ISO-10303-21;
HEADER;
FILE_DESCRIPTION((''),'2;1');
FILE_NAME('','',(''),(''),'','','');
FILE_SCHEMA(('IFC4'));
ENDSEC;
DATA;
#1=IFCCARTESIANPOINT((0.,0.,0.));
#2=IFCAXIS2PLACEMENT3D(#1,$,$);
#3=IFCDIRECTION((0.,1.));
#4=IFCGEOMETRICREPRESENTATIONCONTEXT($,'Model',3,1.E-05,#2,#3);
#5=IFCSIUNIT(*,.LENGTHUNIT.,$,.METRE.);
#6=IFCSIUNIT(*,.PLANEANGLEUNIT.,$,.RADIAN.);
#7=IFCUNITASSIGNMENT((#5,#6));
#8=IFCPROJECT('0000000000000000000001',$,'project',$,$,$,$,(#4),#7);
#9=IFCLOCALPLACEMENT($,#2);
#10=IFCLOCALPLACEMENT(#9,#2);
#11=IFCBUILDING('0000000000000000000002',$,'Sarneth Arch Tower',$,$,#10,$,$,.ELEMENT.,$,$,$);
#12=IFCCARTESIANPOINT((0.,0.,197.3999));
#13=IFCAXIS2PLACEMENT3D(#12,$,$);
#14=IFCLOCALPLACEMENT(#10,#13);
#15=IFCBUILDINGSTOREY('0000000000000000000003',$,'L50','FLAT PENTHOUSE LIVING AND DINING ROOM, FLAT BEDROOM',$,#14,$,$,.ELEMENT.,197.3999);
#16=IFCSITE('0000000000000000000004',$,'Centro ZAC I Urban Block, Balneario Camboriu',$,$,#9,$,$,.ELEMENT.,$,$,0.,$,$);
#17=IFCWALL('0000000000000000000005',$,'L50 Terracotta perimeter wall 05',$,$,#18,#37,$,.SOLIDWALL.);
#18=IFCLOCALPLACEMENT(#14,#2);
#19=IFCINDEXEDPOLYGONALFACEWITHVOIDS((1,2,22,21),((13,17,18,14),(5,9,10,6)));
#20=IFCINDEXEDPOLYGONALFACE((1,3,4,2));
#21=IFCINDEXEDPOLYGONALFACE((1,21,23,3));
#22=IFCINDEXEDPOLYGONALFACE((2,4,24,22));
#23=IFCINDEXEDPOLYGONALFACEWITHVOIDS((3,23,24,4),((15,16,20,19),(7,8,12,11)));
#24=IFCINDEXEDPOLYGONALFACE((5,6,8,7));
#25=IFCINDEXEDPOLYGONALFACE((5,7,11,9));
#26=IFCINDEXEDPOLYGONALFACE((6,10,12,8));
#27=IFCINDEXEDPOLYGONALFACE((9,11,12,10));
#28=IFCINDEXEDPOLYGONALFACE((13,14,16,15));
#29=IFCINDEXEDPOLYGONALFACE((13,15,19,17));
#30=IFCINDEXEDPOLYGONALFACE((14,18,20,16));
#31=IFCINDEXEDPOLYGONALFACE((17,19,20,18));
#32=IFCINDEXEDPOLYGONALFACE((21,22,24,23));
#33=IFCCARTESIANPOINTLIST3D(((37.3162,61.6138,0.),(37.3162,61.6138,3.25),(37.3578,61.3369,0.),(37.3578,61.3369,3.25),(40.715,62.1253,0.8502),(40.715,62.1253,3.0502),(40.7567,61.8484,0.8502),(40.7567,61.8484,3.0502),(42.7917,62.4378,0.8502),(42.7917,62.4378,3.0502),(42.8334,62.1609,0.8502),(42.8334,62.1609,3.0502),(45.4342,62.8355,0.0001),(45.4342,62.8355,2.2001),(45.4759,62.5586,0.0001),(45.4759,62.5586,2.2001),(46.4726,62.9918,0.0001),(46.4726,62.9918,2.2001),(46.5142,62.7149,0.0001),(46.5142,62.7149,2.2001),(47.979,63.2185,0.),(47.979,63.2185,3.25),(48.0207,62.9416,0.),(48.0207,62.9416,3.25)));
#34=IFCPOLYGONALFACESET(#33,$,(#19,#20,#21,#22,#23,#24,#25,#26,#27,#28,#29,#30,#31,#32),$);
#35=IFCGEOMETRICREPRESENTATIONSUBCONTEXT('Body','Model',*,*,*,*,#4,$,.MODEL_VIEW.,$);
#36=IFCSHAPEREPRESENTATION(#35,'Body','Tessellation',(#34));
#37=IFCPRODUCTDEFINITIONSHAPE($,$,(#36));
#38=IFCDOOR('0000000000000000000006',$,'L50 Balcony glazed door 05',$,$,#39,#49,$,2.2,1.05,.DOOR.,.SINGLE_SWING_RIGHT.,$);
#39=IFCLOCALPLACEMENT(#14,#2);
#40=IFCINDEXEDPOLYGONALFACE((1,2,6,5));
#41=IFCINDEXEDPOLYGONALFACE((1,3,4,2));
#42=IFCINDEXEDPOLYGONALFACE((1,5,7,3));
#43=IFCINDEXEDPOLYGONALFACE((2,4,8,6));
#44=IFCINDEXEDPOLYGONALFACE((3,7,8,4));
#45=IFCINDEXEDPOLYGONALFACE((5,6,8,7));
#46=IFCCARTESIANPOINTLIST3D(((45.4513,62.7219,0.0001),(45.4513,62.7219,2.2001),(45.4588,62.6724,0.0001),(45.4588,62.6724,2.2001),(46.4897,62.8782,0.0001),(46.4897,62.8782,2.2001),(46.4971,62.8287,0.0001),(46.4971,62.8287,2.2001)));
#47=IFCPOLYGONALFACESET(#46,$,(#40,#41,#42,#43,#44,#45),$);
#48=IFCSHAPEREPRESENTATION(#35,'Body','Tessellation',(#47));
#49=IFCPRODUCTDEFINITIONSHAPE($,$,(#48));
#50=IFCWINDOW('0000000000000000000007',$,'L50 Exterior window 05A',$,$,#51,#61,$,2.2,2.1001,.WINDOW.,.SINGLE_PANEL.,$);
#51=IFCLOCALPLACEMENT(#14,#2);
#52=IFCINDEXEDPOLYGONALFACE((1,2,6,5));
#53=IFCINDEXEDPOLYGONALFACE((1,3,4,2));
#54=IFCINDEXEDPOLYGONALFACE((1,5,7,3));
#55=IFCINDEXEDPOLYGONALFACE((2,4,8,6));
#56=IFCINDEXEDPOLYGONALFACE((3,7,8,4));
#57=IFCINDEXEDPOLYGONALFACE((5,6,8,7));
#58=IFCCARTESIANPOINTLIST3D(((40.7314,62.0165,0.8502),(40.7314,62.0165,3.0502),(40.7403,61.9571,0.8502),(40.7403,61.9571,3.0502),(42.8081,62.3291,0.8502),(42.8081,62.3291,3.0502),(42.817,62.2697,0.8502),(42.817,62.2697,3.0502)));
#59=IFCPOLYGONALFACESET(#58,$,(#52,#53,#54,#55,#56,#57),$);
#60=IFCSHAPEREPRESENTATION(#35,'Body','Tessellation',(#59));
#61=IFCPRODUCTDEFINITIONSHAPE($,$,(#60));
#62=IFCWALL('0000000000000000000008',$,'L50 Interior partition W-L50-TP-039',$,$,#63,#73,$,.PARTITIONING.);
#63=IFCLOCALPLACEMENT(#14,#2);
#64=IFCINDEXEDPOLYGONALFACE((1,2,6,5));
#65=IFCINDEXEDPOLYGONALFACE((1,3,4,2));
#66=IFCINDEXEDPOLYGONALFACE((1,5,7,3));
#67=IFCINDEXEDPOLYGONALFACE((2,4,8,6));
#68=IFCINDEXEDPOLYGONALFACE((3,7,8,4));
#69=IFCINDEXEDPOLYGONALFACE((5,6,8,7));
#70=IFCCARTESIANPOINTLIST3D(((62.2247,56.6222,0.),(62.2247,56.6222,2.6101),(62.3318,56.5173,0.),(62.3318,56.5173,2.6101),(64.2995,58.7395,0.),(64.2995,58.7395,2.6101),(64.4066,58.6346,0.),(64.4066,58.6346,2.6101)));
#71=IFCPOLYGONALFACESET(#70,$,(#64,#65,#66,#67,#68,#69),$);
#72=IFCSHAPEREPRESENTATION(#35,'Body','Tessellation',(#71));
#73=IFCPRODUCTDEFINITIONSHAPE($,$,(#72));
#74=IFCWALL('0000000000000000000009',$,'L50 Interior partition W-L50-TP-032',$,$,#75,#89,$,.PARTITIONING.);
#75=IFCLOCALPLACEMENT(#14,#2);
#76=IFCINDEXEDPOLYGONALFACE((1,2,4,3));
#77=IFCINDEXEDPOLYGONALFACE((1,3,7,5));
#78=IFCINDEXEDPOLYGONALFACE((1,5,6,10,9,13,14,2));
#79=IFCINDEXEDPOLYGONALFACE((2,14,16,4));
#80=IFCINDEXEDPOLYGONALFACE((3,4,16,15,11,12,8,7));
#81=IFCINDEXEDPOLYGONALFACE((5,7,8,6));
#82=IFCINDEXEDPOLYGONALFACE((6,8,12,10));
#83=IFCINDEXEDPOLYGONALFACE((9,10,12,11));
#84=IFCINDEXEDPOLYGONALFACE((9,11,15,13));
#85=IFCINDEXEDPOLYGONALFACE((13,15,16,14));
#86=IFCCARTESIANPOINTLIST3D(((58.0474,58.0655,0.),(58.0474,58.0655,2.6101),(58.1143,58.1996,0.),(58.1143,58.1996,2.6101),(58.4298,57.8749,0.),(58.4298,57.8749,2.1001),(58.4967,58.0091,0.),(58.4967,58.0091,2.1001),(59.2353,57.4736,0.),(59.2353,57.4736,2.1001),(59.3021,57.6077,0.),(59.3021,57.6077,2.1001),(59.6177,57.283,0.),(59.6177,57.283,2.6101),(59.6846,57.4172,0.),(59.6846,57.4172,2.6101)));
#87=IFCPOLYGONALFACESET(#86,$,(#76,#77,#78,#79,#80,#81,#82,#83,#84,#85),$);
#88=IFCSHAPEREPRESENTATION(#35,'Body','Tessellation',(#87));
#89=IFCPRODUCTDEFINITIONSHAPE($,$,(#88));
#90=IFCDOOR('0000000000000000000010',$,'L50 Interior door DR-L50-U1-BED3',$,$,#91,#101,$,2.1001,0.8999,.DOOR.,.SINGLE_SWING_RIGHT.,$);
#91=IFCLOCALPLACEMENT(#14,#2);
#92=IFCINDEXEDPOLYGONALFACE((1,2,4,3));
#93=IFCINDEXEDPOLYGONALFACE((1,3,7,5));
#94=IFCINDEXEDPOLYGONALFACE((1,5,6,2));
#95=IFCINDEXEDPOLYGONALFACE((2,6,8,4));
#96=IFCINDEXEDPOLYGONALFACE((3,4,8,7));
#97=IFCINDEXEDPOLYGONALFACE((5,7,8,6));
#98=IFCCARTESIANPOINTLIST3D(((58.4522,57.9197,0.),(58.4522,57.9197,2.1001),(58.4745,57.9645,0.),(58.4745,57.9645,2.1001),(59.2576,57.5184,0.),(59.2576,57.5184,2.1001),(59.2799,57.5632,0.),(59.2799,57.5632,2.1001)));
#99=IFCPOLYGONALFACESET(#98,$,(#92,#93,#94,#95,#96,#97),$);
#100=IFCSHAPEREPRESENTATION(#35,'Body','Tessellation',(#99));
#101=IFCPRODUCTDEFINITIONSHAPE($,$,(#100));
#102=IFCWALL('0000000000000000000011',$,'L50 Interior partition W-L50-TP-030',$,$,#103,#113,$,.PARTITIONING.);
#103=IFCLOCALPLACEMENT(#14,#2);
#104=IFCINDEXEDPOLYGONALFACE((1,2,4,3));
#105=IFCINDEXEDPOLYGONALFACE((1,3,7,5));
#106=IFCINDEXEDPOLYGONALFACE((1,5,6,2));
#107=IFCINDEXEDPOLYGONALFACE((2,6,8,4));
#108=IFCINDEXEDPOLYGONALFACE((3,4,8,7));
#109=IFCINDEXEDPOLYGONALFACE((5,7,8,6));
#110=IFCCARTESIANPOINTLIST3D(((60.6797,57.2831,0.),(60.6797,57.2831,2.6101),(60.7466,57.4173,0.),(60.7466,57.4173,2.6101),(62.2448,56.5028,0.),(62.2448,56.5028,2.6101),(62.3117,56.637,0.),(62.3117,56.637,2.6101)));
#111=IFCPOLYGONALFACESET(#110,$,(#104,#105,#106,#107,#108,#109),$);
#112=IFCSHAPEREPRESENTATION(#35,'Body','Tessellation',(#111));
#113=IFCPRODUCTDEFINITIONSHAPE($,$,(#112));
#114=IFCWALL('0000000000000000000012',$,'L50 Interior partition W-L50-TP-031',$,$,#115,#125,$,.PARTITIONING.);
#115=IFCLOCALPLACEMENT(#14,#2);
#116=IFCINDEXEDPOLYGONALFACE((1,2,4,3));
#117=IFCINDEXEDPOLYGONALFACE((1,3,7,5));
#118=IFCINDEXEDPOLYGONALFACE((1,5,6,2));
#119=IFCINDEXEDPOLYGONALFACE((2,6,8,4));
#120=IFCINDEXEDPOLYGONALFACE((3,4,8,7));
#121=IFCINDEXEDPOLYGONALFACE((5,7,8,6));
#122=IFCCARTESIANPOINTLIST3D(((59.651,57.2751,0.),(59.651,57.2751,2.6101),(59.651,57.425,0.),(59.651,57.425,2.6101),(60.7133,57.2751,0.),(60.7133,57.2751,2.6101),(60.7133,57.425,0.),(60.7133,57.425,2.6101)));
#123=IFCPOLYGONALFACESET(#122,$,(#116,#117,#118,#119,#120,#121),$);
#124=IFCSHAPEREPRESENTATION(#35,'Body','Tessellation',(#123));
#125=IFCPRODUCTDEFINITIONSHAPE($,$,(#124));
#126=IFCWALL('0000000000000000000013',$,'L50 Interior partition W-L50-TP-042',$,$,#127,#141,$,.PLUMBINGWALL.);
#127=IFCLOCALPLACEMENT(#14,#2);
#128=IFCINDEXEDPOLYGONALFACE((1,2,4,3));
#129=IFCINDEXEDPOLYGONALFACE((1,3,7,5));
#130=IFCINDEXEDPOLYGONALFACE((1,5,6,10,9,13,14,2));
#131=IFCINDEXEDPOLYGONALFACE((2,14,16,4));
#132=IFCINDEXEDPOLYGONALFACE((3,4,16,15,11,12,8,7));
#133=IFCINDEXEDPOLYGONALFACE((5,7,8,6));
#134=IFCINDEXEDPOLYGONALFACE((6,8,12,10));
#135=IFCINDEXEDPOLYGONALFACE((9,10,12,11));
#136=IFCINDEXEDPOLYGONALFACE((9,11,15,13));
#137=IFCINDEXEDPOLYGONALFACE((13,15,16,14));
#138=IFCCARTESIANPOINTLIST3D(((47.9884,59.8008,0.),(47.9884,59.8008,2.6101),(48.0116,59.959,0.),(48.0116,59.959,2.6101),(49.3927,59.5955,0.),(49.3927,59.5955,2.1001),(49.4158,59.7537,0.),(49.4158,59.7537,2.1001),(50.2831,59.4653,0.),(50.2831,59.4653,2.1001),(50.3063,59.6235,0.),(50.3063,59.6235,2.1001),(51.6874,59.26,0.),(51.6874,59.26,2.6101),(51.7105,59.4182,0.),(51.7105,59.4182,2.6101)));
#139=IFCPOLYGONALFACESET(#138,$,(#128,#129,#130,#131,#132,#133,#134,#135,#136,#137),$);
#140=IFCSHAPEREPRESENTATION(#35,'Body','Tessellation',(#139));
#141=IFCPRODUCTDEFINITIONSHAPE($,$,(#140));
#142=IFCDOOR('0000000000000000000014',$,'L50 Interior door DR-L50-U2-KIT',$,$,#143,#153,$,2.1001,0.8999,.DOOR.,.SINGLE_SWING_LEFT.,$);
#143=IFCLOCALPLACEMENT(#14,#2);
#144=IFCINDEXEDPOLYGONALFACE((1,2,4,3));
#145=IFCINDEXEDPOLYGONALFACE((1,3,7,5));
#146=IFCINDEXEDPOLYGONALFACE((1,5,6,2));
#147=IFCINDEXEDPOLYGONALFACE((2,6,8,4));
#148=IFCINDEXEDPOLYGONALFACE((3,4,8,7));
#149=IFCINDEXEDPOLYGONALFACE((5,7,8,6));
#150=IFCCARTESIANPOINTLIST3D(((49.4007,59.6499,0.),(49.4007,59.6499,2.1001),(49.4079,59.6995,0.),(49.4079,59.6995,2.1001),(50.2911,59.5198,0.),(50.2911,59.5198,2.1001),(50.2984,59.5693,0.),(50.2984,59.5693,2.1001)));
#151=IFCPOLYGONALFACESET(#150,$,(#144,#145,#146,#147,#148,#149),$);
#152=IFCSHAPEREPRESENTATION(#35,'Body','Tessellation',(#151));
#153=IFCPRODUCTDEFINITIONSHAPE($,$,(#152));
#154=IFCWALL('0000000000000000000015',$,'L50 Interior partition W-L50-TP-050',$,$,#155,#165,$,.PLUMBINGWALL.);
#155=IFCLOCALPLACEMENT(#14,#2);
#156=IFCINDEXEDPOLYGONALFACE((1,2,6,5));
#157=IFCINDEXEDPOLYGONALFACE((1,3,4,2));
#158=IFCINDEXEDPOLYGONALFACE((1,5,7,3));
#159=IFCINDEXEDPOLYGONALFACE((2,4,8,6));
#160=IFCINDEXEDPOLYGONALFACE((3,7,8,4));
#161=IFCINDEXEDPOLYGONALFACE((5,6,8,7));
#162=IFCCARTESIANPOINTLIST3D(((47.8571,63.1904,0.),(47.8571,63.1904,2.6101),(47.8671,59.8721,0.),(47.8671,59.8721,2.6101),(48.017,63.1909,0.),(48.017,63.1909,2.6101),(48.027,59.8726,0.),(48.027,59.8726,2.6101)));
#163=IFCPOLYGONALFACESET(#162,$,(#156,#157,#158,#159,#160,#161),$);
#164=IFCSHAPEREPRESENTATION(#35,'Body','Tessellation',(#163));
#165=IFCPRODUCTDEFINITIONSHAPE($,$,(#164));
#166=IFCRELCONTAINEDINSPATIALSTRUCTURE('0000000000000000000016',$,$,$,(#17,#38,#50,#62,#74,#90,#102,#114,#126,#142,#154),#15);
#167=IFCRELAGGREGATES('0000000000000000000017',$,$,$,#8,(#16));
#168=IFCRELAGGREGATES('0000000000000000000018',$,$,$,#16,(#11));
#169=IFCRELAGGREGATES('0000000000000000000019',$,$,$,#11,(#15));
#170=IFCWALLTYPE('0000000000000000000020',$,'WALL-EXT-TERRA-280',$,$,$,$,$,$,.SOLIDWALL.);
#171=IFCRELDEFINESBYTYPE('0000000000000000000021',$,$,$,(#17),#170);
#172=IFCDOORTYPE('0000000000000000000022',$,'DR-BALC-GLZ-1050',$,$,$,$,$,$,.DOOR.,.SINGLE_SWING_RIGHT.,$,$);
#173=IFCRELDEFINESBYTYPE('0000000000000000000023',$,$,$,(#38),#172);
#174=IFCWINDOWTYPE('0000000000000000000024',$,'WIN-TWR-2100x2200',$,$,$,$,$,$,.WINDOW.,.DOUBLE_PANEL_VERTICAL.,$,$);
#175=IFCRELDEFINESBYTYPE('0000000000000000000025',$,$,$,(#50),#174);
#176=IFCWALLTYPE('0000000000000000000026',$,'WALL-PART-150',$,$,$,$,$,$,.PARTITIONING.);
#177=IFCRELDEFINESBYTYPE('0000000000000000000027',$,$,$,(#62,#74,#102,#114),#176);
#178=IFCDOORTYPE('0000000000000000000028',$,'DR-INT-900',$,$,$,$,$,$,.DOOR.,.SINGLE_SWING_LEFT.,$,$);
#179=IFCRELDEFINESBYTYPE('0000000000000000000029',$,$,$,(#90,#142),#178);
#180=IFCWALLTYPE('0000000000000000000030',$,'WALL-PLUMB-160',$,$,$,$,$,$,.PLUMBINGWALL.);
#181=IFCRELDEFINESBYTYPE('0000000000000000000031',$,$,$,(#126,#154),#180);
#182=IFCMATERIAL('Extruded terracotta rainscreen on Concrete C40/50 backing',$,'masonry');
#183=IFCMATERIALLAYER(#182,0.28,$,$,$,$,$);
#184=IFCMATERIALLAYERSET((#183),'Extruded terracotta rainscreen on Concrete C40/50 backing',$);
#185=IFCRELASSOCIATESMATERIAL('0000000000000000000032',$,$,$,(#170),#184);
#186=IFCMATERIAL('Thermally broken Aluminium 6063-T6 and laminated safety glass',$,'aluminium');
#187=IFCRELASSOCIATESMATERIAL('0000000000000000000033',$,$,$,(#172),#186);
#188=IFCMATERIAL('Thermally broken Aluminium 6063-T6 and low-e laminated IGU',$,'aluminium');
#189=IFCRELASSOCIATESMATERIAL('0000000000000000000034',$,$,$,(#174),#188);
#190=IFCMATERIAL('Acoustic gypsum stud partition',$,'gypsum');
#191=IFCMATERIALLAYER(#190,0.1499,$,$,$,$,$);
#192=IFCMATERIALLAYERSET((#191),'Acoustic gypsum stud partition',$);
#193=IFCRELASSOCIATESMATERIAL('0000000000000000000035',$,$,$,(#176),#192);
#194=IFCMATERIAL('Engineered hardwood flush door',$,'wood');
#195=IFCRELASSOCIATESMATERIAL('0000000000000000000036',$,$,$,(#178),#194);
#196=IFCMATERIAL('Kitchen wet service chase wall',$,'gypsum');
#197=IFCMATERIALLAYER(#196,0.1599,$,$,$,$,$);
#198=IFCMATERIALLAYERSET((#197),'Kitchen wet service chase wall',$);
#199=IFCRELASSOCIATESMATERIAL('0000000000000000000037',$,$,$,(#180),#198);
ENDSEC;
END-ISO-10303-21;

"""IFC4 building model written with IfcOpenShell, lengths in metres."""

from ifc_helpers import new_model, si_unit, direction, frame, frame_2d, origin, place, context, subcontext, project, spatial, rectangle, extrude, material, layer, layer_set, type_object, element, fill, save


model = new_model("IFC4")

# Units and contexts
model_context = context("Model", 3, precision=1e-05, world=origin(), true_north=direction((0.0, 1.0)))
body_context = subcontext(model_context, "Body", "Model", "MODEL_VIEW")
ifc_project = project(units=[si_unit("LENGTHUNIT", "METRE"), si_unit("PLANEANGLEUNIT", "RADIAN")], contexts=[model_context])

# Site, building, storey
site_placement = place(None, origin())
site = spatial("IfcSite", under=ifc_project, at=site_placement, Name="Centro ZAC I Urban Block, Balneario Camboriu", CompositionType="ELEMENT", RefElevation=0.0)
building_placement = place(site_placement, origin())
building = spatial("IfcBuilding", under=site, at=building_placement, Name="Sarneth Arch Tower", CompositionType="ELEMENT")
storey_placement = place(building_placement, frame((0.0, 0.0, 197.3999)))
storey = spatial("IfcBuildingStorey", under=building, at=storey_placement, Name="L50", Description="FLAT PENTHOUSE LIVING AND DINING ROOM, FLAT BEDROOM", CompositionType="ELEMENT", Elevation=197.3999)

# Wall, openings, door, window
ifc_material_1 = material(Name="Extruded terracotta rainscreen on Concrete C40/50 backing", Category="masonry")
ifc_layer_1 = layer(ifc_material_1, 0.28)
ifc_layer_set_1 = layer_set([ifc_layer_1], Name="Extruded terracotta rainscreen on Concrete C40/50 backing")
wall_type_1 = type_object("IfcWallType", Name="WALL-EXT-TERRA-280", PredefinedType="SOLIDWALL", material=ifc_layer_set_1)
wall_1_placement = place(storey_placement, frame((48.0, 63.0801, 0.0), z_axis=(0.0, 0.0, 1.0), x_axis=(-0.988864, -0.148822, 0.0)))
wall_1 = element("IfcWall", 1, at=wall_1_placement, inside=storey, type_object=wall_type_1, Name="L50 Terracotta perimeter wall 05", PredefinedType="SOLIDWALL", context=body_context, shape_type="SweptSolid", body=[
    extrude(rectangle(XDim=10.783, YDim=0.28, at=frame_2d((5.3916, 0.0))), origin(), (0.0, 0.0, 1.0), 3.25),
])
opening_1_placement = place(wall_1_placement, frame((1.5237, 0.0, 0.0)))
opening_1 = element("IfcOpeningElement", 2, at=opening_1_placement, cuts=wall_1, PredefinedType="OPENING", context=body_context, shape_type="SweptSolid", body=[
    extrude(rectangle(XDim=1.05, YDim=2.2, at=frame_2d((0.5249, 1.1001))), frame((0.0, 0.1499, 0.0), z_axis=(0.0, -1.0, 0.0), x_axis=(1.0, 0.0, 0.0)), (0.0, 0.0, 1.0), 0.3),
])
opening_2_placement = place(wall_1_placement, frame((5.2458, 0.0, 0.8501)))
opening_2 = element("IfcOpeningElement", 3, at=opening_2_placement, cuts=wall_1, PredefinedType="OPENING", context=body_context, shape_type="SweptSolid", body=[
    extrude(rectangle(XDim=2.1001, YDim=2.2, at=frame_2d((1.05, 1.1001))), frame((0.0, 0.1499, 0.0), z_axis=(0.0, -1.0, 0.0), x_axis=(1.0, 0.0, 0.0)), (0.0, 0.0, 1.0), 0.3),
])
ifc_material_2 = material(Name="Thermally broken Aluminium 6063-T6 and laminated safety glass", Category="aluminium")
door_type_1 = type_object("IfcDoorType", Name="DR-BALC-GLZ-1050", OperationType="SINGLE_SWING_RIGHT", PredefinedType="DOOR", material=ifc_material_2)
door_1_placement = place(opening_1_placement, origin())
door_1 = element("IfcDoor", 4, at=door_1_placement, inside=storey, type_object=door_type_1, Name="L50 Balcony glazed door 05", OperationType="SINGLE_SWING_RIGHT", OverallHeight=2.2, OverallWidth=1.05, PredefinedType="DOOR", context=body_context, shape_type="SweptSolid", body=[
    extrude(rectangle(XDim=1.05, YDim=2.2, at=frame_2d((0.5249, 1.1001))), frame((0.0, 0.0249, 0.0), z_axis=(0.0, -1.0, 0.0), x_axis=(1.0, 0.0, 0.0)), (0.0, 0.0, 1.0), 0.05),
])
fill(opening_1, door_1)
ifc_material_3 = material(Name="Thermally broken Aluminium 6063-T6 and low-e laminated IGU", Category="aluminium")
window_type_1 = type_object("IfcWindowType", Name="WIN-TWR-2100x2200", PartitioningType="DOUBLE_PANEL_VERTICAL", PredefinedType="WINDOW", material=ifc_material_3)
window_1_placement = place(opening_2_placement, origin())
window_1 = element("IfcWindow", 5, at=window_1_placement, inside=storey, type_object=window_type_1, Name="L50 Exterior window 05A", OverallHeight=2.2, OverallWidth=2.1001, PartitioningType="SINGLE_PANEL", PredefinedType="WINDOW", context=body_context, shape_type="SweptSolid", body=[
    extrude(rectangle(XDim=2.1001, YDim=2.2, at=frame_2d((1.05, 1.1001))), frame((0.0, 0.03, 0.0), z_axis=(0.0, -1.0, 0.0), x_axis=(1.0, 0.0, 0.0)), (0.0, 0.0, 1.0), 0.0601),
])
fill(opening_2, window_1)

# Wall
ifc_material_4 = material(Name="Acoustic gypsum stud partition", Category="gypsum")
ifc_layer_2 = layer(ifc_material_4, 0.1499)
ifc_layer_set_2 = layer_set([ifc_layer_2], Name="Acoustic gypsum stud partition")
wall_type_2 = type_object("IfcWallType", Name="WALL-PART-150", PredefinedType="PARTITIONING", material=ifc_layer_set_2)
wall_2_placement = place(storey_placement, frame((64.353, 58.687, 0.0), z_axis=(0.0, 0.0, 1.0), x_axis=(-0.699905, -0.714236, 0.0)))
element("IfcWall", 6, at=wall_2_placement, inside=storey, type_object=wall_type_2, Name="L50 Interior partition W-L50-TP-039", PredefinedType="PARTITIONING", context=body_context, shape_type="SweptSolid", body=[
    extrude(rectangle(XDim=2.9644, YDim=0.1499, at=frame_2d((1.4822, 0.0))), origin(), (0.0, 0.0, 1.0), 2.6101),
])

# Wall, opening, door
wall_3_placement = place(storey_placement, frame((59.6511, 57.3501, 0.0), z_axis=(0.0, 0.0, 1.0), x_axis=(-0.895039, 0.445989, 0.0)))
wall_3 = element("IfcWall", 7, at=wall_3_placement, inside=storey, type_object=wall_type_2, Name="L50 Interior partition W-L50-TP-032", PredefinedType="PARTITIONING", context=body_context, shape_type="SweptSolid", body=[
    extrude(rectangle(XDim=1.7544, YDim=0.1499, at=frame_2d((0.8772, 0.0))), origin(), (0.0, 0.0, 1.0), 2.6101),
])
opening_3_placement = place(wall_3_placement, frame((0.4272, 0.0, 0.0)))
opening_3 = element("IfcOpeningElement", 8, at=opening_3_placement, cuts=wall_3, PredefinedType="OPENING", context=body_context, shape_type="SweptSolid", body=[
    extrude(rectangle(XDim=0.8999, YDim=2.1001, at=frame_2d((0.45, 1.05))), frame((0.0, 0.085, 0.0), z_axis=(0.0, -1.0, 0.0), x_axis=(1.0, 0.0, 0.0)), (0.0, 0.0, 1.0), 0.1699),
])
ifc_material_5 = material(Name="Engineered hardwood flush door", Category="wood")
door_type_2 = type_object("IfcDoorType", Name="DR-INT-900", OperationType="SINGLE_SWING_LEFT", PredefinedType="DOOR", material=ifc_material_5)
door_2_placement = place(opening_3_placement, origin())
door_2 = element("IfcDoor", 9, at=door_2_placement, inside=storey, type_object=door_type_2, Name="L50 Interior door DR-L50-U1-BED3", OperationType="SINGLE_SWING_RIGHT", OverallHeight=2.1001, OverallWidth=0.8999, PredefinedType="DOOR", context=body_context, shape_type="SweptSolid", body=[
    extrude(rectangle(XDim=0.8999, YDim=2.1001, at=frame_2d((0.45, 1.05))), frame((0.0, 0.0249, 0.0), z_axis=(0.0, -1.0, 0.0), x_axis=(1.0, 0.0, 0.0)), (0.0, 0.0, 1.0), 0.05),
])
fill(opening_3, door_2)

# Walls
wall_4_placement = place(storey_placement, frame((62.2783, 56.5698, 0.0), z_axis=(0.0, 0.0, 1.0), x_axis=(-0.894929, 0.446208, 0.0)))
element("IfcWall", 10, at=wall_4_placement, inside=storey, type_object=wall_type_2, Name="L50 Interior partition W-L50-TP-030", PredefinedType="PARTITIONING", context=body_context, shape_type="SweptSolid", body=[
    extrude(rectangle(XDim=1.7488, YDim=0.1499, at=frame_2d((0.8745, 0.0))), origin(), (0.0, 0.0, 1.0), 2.6101),
])
wall_5_placement = place(storey_placement, frame((60.7134, 57.3501, 0.0), z_axis=(0.0, 0.0, 1.0), x_axis=(-1.0, 0.0, 0.0)))
element("IfcWall", 11, at=wall_5_placement, inside=storey, type_object=wall_type_2, Name="L50 Interior partition W-L50-TP-031", PredefinedType="PARTITIONING", context=body_context, shape_type="SweptSolid", body=[
    extrude(rectangle(XDim=1.0623, YDim=0.1499, at=frame_2d((0.5312, 0.0))), origin(), (0.0, 0.0, 1.0), 2.6101),
])

# Wall, opening, door
ifc_material_6 = material(Name="Kitchen wet service chase wall", Category="gypsum")
ifc_layer_3 = layer(ifc_material_6, 0.1599)
ifc_layer_set_3 = layer_set([ifc_layer_3], Name="Kitchen wet service chase wall")
wall_type_3 = type_object("IfcWallType", Name="WALL-PLUMB-160", PredefinedType="PLUMBINGWALL", material=ifc_layer_set_3)
wall_6_placement = place(storey_placement, frame((51.699, 59.3391, 0.0), z_axis=(0.0, 0.0, 1.0), x_axis=(-0.989482, 0.144657, 0.0)))
wall_6 = element("IfcWall", 12, at=wall_6_placement, inside=storey, type_object=wall_type_3, Name="L50 Interior partition W-L50-TP-042", PredefinedType="PLUMBINGWALL", context=body_context, shape_type="SweptSolid", body=[
    extrude(rectangle(XDim=3.7383, YDim=0.1599, at=frame_2d((1.8691, 0.0))), origin(), (0.0, 0.0, 1.0), 2.6101),
])
opening_4_placement = place(wall_6_placement, frame((1.4192, 0.0, 0.0)))
opening_4 = element("IfcOpeningElement", 13, at=opening_4_placement, cuts=wall_6, PredefinedType="OPENING", context=body_context, shape_type="SweptSolid", body=[
    extrude(rectangle(XDim=0.8999, YDim=2.1001, at=frame_2d((0.45, 1.05))), frame((0.0, 0.0898, 0.0), z_axis=(0.0, -1.0, 0.0), x_axis=(1.0, 0.0, 0.0)), (0.0, 0.0, 1.0), 0.1799),
])
door_3_placement = place(opening_4_placement, origin())
door_3 = element("IfcDoor", 14, at=door_3_placement, inside=storey, type_object=door_type_2, Name="L50 Interior door DR-L50-U2-KIT", OperationType="SINGLE_SWING_LEFT", OverallHeight=2.1001, OverallWidth=0.8999, PredefinedType="DOOR", context=body_context, shape_type="SweptSolid", body=[
    extrude(rectangle(XDim=0.8999, YDim=2.1001, at=frame_2d((0.45, 1.05))), frame((0.0, 0.0249, 0.0), z_axis=(0.0, -1.0, 0.0), x_axis=(1.0, 0.0, 0.0)), (0.0, 0.0, 1.0), 0.05),
])
fill(opening_4, door_3)

# Wall
wall_7_placement = place(storey_placement, frame((47.947, 59.8723, 0.0), z_axis=(0.0, 0.0, 1.0), x_axis=(-0.003016, 0.999995, 0.0)))
element("IfcWall", 15, at=wall_7_placement, inside=storey, type_object=wall_type_3, Name="L50 Interior partition W-L50-TP-050", PredefinedType="PLUMBINGWALL", context=body_context, shape_type="SweptSolid", body=[
    extrude(rectangle(XDim=3.3184, YDim=0.1599, at=frame_2d((1.6592, 0.0))), origin(), (0.0, 0.0, 1.0), 2.6101),
])

save(model, "model.ifc")
